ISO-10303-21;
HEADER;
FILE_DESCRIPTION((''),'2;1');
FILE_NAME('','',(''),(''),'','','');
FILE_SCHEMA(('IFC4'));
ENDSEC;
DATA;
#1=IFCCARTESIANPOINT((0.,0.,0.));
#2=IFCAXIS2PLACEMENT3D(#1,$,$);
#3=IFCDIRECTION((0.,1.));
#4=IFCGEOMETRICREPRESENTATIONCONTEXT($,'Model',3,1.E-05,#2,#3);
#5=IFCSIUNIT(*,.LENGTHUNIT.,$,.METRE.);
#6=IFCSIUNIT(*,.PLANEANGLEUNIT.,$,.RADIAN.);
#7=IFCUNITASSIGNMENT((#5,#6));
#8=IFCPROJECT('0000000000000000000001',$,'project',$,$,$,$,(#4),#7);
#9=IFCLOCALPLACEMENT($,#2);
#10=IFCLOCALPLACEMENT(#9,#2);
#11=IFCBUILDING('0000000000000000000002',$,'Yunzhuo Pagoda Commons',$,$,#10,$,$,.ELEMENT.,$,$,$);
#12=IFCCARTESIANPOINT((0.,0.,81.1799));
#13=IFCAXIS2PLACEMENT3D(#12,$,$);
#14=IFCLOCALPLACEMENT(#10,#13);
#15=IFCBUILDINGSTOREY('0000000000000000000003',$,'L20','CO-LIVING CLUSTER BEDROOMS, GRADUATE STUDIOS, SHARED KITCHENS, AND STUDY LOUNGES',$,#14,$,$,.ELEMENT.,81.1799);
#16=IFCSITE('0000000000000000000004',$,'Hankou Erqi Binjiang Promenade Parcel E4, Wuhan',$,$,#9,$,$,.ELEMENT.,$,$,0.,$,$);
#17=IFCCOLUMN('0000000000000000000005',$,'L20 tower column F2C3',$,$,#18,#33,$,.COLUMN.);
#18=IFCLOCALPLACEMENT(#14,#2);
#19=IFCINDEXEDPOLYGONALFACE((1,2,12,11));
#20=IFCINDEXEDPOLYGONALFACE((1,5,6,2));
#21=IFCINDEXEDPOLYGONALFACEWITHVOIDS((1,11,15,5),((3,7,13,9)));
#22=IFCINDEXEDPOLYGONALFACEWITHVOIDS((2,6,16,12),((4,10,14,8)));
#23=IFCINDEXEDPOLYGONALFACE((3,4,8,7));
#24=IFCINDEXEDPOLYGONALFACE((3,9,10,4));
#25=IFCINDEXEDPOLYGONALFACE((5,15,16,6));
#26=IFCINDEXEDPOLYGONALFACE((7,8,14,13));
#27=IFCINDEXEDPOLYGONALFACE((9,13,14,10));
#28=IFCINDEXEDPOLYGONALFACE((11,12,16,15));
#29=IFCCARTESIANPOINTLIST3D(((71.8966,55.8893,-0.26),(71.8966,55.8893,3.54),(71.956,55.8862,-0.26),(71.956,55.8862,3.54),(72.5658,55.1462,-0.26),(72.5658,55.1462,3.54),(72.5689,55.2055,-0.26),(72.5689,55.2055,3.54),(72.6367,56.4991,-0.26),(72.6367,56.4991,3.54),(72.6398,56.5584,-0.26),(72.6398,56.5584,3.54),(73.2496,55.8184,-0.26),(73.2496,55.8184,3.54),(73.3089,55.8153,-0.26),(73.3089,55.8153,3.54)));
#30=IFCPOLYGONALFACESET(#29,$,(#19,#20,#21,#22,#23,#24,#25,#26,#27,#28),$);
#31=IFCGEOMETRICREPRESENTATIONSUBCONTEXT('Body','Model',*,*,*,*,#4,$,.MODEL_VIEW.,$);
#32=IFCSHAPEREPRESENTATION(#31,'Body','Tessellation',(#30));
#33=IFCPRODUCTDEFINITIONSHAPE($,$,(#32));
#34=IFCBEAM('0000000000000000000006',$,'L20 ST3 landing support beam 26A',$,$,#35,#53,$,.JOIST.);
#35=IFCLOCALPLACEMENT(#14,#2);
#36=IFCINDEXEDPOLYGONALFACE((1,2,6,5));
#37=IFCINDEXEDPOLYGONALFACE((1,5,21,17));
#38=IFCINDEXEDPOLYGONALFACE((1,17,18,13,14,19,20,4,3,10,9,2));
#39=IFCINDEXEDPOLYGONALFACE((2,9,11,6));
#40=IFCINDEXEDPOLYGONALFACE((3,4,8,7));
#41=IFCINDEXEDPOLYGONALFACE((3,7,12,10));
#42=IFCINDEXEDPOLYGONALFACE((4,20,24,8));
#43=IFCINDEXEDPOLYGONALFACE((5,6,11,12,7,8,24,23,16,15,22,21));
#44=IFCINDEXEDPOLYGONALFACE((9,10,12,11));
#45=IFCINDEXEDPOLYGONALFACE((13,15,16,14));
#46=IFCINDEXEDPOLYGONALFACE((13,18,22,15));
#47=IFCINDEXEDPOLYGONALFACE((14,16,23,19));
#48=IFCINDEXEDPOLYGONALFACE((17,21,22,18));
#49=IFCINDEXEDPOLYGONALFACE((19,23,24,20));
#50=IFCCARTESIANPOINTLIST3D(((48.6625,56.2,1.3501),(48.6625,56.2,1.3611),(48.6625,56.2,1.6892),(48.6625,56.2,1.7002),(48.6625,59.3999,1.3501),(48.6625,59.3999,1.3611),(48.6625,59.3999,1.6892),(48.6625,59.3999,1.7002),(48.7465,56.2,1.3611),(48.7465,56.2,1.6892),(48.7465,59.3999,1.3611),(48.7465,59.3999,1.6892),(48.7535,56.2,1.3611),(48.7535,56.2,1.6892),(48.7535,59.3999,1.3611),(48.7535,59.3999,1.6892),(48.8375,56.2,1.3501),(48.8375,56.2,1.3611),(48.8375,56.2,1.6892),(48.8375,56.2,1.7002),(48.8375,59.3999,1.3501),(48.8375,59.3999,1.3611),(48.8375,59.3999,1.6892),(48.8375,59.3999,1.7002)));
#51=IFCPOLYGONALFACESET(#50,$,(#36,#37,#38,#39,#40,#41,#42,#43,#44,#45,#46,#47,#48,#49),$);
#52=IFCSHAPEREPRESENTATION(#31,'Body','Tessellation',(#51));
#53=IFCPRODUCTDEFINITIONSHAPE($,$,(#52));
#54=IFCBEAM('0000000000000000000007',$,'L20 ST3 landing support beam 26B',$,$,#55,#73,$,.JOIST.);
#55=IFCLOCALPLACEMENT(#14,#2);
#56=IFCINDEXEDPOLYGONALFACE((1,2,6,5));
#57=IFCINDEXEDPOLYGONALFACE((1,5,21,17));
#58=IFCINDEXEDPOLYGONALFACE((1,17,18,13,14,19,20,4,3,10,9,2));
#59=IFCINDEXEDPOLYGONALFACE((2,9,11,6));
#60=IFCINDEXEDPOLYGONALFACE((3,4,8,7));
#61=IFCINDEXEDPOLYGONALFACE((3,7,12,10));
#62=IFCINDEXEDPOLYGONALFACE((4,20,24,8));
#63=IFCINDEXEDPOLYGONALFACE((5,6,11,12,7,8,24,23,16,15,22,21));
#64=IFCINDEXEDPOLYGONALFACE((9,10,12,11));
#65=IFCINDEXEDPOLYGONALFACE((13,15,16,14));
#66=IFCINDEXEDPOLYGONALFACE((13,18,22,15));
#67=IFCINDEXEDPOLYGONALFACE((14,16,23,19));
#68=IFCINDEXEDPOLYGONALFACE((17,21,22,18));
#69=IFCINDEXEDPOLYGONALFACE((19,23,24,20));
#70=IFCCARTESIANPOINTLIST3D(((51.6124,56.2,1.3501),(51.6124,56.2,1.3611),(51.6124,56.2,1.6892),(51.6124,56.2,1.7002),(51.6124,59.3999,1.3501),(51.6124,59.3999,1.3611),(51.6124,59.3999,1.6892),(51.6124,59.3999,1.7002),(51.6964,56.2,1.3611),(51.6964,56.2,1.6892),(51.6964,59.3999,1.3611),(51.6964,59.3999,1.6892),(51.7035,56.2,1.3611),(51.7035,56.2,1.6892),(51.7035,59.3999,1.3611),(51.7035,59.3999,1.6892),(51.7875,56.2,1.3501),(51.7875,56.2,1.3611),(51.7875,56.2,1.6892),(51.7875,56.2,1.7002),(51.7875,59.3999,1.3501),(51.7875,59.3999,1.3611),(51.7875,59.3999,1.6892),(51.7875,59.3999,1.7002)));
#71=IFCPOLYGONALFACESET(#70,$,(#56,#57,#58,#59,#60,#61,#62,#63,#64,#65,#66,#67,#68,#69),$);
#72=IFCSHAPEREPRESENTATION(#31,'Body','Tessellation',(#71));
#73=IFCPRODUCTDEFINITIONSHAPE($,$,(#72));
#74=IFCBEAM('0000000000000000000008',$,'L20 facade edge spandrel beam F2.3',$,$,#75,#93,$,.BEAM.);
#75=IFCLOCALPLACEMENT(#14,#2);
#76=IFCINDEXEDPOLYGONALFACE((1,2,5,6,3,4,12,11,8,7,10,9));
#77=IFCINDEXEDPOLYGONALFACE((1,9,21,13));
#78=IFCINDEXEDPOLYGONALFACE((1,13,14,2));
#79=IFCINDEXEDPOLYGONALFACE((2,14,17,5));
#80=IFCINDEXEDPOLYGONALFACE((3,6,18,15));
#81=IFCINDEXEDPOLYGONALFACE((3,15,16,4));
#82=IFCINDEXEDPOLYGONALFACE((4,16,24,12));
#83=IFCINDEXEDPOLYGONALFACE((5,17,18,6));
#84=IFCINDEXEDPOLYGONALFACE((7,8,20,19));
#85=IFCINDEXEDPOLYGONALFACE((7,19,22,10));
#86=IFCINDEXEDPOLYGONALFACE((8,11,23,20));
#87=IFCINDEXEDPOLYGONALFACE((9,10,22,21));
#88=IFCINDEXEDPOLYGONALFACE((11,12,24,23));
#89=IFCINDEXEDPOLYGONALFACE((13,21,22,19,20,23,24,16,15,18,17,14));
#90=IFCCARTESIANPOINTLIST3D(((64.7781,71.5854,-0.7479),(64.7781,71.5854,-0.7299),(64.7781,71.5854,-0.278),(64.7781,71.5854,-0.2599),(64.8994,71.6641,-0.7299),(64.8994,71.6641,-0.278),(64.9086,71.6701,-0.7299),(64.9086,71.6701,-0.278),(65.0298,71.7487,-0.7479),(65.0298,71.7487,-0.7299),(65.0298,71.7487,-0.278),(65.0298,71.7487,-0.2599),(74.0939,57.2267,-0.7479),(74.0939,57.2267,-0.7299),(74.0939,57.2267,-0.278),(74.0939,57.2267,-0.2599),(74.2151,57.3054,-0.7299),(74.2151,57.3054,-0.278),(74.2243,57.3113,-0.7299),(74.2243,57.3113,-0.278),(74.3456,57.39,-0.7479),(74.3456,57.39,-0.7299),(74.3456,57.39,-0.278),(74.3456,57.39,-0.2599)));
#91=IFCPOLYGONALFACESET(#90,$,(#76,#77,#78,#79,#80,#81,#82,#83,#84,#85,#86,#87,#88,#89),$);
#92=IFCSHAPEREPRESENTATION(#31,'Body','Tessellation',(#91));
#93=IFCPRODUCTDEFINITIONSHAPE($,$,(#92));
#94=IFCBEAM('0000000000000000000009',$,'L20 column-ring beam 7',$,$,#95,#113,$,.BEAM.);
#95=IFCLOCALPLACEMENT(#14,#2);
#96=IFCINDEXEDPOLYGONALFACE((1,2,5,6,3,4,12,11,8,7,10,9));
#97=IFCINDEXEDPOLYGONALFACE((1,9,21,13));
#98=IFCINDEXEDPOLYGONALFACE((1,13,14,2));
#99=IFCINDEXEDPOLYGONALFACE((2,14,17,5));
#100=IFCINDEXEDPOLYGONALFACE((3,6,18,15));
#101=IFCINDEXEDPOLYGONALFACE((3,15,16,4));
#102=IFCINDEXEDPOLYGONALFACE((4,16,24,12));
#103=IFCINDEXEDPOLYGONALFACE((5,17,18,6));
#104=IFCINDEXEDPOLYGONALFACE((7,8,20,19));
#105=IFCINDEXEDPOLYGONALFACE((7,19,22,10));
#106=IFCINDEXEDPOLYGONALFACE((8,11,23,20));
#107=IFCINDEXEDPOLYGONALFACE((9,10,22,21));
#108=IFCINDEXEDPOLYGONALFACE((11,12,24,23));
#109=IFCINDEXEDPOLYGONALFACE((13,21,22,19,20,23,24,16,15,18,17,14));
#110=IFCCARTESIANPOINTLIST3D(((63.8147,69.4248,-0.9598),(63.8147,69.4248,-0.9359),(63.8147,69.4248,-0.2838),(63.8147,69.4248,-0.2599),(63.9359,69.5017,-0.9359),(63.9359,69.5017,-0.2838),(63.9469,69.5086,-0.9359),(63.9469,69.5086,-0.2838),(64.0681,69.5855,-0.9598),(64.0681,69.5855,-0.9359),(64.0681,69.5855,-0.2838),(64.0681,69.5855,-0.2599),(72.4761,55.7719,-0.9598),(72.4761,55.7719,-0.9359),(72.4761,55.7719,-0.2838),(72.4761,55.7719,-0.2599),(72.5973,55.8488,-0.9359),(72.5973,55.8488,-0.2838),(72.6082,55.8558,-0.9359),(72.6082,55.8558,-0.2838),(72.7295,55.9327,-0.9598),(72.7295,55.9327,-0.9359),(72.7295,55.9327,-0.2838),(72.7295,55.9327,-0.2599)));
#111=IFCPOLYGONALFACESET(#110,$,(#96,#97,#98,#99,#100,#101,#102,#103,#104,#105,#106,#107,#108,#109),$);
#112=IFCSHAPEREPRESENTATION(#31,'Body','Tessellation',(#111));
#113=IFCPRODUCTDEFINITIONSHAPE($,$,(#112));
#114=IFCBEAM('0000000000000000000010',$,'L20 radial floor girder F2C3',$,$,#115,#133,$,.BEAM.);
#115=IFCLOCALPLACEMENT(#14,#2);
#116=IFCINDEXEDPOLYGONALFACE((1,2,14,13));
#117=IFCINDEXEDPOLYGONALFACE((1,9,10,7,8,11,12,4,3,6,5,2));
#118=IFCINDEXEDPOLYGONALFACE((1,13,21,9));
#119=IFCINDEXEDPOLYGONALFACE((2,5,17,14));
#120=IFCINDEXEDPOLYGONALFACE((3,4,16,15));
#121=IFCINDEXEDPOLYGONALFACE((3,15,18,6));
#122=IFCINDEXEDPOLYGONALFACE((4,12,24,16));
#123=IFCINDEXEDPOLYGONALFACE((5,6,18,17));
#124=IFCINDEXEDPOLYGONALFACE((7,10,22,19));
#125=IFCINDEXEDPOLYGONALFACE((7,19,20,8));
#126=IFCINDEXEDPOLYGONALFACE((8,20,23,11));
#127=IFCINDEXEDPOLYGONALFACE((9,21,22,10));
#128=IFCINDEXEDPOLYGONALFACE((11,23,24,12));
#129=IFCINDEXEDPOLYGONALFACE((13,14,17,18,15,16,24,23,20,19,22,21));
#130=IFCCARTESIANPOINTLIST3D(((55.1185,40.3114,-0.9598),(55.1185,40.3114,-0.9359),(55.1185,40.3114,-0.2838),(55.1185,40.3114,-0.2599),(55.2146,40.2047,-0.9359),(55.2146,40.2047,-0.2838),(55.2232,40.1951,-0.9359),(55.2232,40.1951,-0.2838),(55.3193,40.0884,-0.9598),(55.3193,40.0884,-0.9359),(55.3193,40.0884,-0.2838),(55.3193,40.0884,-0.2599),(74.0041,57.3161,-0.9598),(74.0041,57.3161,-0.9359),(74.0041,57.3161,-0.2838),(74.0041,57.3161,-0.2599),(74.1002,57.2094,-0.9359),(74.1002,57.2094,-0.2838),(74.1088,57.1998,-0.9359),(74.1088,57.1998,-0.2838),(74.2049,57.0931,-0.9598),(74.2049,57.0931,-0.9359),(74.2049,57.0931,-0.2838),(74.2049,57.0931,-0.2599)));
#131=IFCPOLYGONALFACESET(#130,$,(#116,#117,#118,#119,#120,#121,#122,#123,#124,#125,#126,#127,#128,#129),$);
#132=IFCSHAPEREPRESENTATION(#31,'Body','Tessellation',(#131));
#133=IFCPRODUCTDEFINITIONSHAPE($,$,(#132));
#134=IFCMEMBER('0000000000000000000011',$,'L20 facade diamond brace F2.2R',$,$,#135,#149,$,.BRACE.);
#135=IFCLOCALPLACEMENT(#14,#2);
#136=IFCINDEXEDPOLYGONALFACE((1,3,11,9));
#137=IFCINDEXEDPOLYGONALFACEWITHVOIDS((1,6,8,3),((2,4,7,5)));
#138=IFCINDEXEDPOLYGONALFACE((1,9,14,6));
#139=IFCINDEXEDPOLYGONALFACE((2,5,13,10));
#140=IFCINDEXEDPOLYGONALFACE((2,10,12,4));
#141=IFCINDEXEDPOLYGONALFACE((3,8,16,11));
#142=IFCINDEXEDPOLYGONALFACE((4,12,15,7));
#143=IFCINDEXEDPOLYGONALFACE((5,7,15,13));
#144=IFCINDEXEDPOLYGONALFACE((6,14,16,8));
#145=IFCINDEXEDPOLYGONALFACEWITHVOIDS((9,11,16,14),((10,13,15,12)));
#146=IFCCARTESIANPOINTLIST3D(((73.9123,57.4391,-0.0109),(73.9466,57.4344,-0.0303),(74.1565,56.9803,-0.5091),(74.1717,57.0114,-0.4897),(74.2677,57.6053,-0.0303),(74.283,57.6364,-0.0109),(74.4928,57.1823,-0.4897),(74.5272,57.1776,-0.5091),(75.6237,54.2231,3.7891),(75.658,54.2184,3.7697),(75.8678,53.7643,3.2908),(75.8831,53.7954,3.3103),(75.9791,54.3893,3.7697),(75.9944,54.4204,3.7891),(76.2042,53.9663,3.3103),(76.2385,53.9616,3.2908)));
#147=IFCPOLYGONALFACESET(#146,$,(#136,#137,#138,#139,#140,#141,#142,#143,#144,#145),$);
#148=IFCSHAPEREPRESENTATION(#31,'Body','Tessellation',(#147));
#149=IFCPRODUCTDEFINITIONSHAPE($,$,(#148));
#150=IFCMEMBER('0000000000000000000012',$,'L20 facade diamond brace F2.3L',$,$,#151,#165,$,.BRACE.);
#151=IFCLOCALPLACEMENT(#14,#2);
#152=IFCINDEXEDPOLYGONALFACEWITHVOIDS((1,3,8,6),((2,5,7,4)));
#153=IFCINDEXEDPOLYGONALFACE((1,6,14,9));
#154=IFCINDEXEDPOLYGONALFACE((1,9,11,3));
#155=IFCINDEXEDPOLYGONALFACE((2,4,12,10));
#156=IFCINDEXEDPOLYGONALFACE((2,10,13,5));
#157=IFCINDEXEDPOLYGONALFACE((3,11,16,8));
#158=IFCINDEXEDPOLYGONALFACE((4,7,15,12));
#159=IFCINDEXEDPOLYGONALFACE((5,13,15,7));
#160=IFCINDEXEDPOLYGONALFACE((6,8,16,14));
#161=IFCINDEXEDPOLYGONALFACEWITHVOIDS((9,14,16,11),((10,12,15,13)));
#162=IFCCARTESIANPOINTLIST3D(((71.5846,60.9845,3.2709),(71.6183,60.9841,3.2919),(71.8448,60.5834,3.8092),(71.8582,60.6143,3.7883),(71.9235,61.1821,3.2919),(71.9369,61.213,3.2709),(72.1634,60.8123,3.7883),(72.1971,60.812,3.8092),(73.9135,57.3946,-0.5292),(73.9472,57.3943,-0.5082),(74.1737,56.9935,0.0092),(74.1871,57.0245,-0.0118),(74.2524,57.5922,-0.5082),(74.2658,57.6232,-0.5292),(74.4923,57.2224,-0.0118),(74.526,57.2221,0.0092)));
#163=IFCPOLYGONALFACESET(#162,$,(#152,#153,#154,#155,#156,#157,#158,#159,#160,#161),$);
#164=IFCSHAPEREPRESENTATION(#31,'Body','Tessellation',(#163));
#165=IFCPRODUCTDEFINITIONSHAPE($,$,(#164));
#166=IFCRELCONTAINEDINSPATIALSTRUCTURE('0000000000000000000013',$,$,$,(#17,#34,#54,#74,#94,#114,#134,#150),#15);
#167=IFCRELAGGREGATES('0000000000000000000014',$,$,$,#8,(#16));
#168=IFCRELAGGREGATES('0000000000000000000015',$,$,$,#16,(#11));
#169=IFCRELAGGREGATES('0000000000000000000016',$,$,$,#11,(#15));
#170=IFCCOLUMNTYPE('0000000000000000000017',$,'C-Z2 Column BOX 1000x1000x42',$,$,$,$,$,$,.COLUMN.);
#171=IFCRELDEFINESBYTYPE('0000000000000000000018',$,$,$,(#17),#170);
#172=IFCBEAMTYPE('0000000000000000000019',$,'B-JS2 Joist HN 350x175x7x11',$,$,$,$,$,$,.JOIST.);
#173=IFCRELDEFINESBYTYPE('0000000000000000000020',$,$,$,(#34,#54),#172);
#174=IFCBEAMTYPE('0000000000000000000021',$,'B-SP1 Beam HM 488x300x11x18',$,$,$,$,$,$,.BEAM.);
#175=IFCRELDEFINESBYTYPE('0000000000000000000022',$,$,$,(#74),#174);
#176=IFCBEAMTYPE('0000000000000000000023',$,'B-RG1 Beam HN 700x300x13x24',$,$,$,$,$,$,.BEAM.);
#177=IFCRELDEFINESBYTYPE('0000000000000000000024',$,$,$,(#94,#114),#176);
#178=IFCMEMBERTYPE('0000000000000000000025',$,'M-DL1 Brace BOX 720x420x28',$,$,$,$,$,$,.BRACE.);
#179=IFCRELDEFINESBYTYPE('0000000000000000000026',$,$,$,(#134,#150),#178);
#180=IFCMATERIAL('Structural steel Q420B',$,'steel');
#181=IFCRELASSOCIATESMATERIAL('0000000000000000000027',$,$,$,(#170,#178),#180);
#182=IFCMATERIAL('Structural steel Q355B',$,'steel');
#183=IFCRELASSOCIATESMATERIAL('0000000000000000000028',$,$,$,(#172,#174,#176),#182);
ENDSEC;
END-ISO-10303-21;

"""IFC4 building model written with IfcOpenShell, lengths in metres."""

from ifc_helpers import new_model, si_unit, direction, frame, origin, origin_2d, place, context, subcontext, project, spatial, hollow_rectangle, i_section, extrude, source, transform, mapped, material, material_profile, profile_set, type_object, element, save


model = new_model("IFC4")

# Units and contexts
model_context = context("Model", 3, precision=1e-05, world=origin(), true_north=direction((0.0, 1.0)))
body_context = subcontext(model_context, "Body", "Model", "MODEL_VIEW")
ifc_project = project(units=[si_unit("LENGTHUNIT", "METRE"), si_unit("PLANEANGLEUNIT", "RADIAN")], contexts=[model_context])

# Site, building, storey
site_placement = place(None, origin())
site = spatial("IfcSite", under=ifc_project, at=site_placement, Name="Hankou Erqi Binjiang Promenade Parcel E4, Wuhan", CompositionType="ELEMENT", RefElevation=0.0)
building_placement = place(site_placement, origin())
building = spatial("IfcBuilding", under=site, at=building_placement, Name="Yunzhuo Pagoda Commons", CompositionType="ELEMENT")
storey_placement = place(building_placement, frame((0.0, 0.0, 81.1799)))
storey = spatial("IfcBuildingStorey", under=building, at=storey_placement, Name="L20", Description="CO-LIVING CLUSTER BEDROOMS, GRADUATE STUDIOS, SHARED KITCHENS, AND STUDY LOUNGES", CompositionType="ELEMENT", Elevation=81.1799)

# Column
ifc_material_1 = material(Name="Structural steel Q420B", Category="steel")
ifc_material_profile_1 = material_profile(ifc_material_1, hollow_rectangle(XDim=1.0, YDim=1.0, WallThickness=0.042, at=origin_2d()), Name="Structural steel Q420B")
ifc_profile_set_1 = profile_set([ifc_material_profile_1], Name="Structural steel Q420B")
column_type = type_object("IfcColumnType", Name="C-Z2 Column BOX 1000x1000x42", PredefinedType="COLUMN", material=ifc_profile_set_1)
shared_shape_1 = source(origin(), body_context, "Body", "SweptSolid", [
    extrude(hollow_rectangle(XDim=1.0, YDim=1.0, WallThickness=0.042, at=origin_2d()), origin(), (0.0, 0.0, 1.0), 3.8),
])
column_placement = place(storey_placement, frame((72.6028, 55.8523, -0.26), z_axis=(0.0, 0.0, 1.0), x_axis=(-0.669131, 0.743145, 0.0)))
element("IfcColumn", 1, at=column_placement, inside=storey, type_object=column_type, Name="L20 tower column F2C3", PredefinedType="COLUMN", context=body_context, shape_type="MappedRepresentation", body=[
    mapped(shared_shape_1, transform((0.0, 0.0, 0.0), scale=1.0)),
])

# Beams
ifc_material_2 = material(Name="Structural steel Q355B", Category="steel")
ifc_material_profile_2 = material_profile(ifc_material_2, i_section(OverallWidth=0.175, OverallDepth=0.3501, WebThickness=0.0071, FlangeThickness=0.011, at=origin_2d()), Name="Structural steel Q355B")
ifc_profile_set_2 = profile_set([ifc_material_profile_2], Name="Structural steel Q355B")
beam_type_1 = type_object("IfcBeamType", Name="B-JS2 Joist HN 350x175x7x11", PredefinedType="JOIST", material=ifc_profile_set_2)
shared_shape_2 = source(origin(), body_context, "Body", "SweptSolid", [
    extrude(i_section(OverallWidth=0.175, OverallDepth=0.3501, WebThickness=0.0071, FlangeThickness=0.011, at=origin_2d()), origin(), (0.0, 0.0, 1.0), 3.2),
])
for number, where, z_axis, x_axis, name in (
    (2, (48.75, 56.2, 1.5251), (0.0, 1.0, 0.0), (-1.0, 0.0, 0.0), "L20 ST3 landing support beam 26A"),
    (3, (51.7, 56.2, 1.5251), (0.0, 1.0, 0.0), (-1.0, 0.0, 0.0), "L20 ST3 landing support beam 26B"),
):
    element("IfcBeam", number, at=place(storey_placement, frame(where, z_axis=z_axis, x_axis=x_axis)), inside=storey, type_object=beam_type_1, Name=name, PredefinedType="JOIST", context=body_context, shape_type="MappedRepresentation", body=[
        mapped(shared_shape_2, transform((0.0, 0.0, 0.0), scale=1.0)),
    ])
ifc_material_profile_3 = material_profile(ifc_material_2, i_section(OverallWidth=0.3, OverallDepth=0.488, WebThickness=0.011, FlangeThickness=0.0181, at=origin_2d()), Name="Structural steel Q355B")
ifc_profile_set_3 = profile_set([ifc_material_profile_3], Name="Structural steel Q355B")
beam_type_2 = type_object("IfcBeamType", Name="B-SP1 Beam HM 488x300x11x18", PredefinedType="BEAM", material=ifc_profile_set_3)
shared_shape_3 = source(origin(), body_context, "Body", "SweptSolid", [
    extrude(i_section(OverallWidth=0.3, OverallDepth=0.488, WebThickness=0.011, FlangeThickness=0.0181, at=origin_2d()), origin(), (0.0, 0.0, 1.0), 17.116),
])
beam_1_placement = place(storey_placement, frame((74.2197, 57.3083, -0.5039), z_axis=(-0.544272, 0.838909, 0.0), x_axis=(-0.838909, -0.544272, 0.0)))
element("IfcBeam", 4, at=beam_1_placement, inside=storey, type_object=beam_type_2, Name="L20 facade edge spandrel beam F2.3", PredefinedType="BEAM", context=body_context, shape_type="MappedRepresentation", body=[
    mapped(shared_shape_3, transform((0.0, 0.0, 0.0), scale=1.0)),
])
ifc_material_profile_4 = material_profile(ifc_material_2, i_section(OverallWidth=0.3, OverallDepth=0.7, WebThickness=0.0129, FlangeThickness=0.0239, at=origin_2d()), Name="Structural steel Q355B")
ifc_profile_set_4 = profile_set([ifc_material_profile_4], Name="Structural steel Q355B")
beam_type_3 = type_object("IfcBeamType", Name="B-RG1 Beam HN 700x300x13x24", PredefinedType="BEAM", material=ifc_profile_set_4)
shared_shape_4 = source(origin(), body_context, "Body", "SweptSolid", [
    extrude(i_section(OverallWidth=0.3, OverallDepth=0.7, WebThickness=0.0129, FlangeThickness=0.0239, at=origin_2d()), origin(), (0.0, 0.0, 1.0), 16.1685),
])
beam_2_placement = place(storey_placement, frame((72.6028, 55.8523, -0.6099), z_axis=(-0.535696, 0.844411, 0.0), x_axis=(-0.844411, -0.535696, 0.0)))
element("IfcBeam", 5, at=beam_2_placement, inside=storey, type_object=beam_type_3, Name="L20 column-ring beam 7", PredefinedType="BEAM", context=body_context, shape_type="MappedRepresentation", body=[
    mapped(shared_shape_4, transform((0.0, 0.0, 0.0), scale=1.0)),
])
shared_shape_5 = source(origin(), body_context, "Body", "SweptSolid", [
    extrude(i_section(OverallWidth=0.3, OverallDepth=0.7, WebThickness=0.0129, FlangeThickness=0.0239, at=origin_2d()), origin(), (0.0, 0.0, 1.0), 25.4131),
])
beam_3_placement = place(storey_placement, frame((74.1045, 57.2046, -0.6099), z_axis=(-0.743144, -0.669132, 0.0), x_axis=(0.669132, -0.743144, 0.0)))
element("IfcBeam", 6, at=beam_3_placement, inside=storey, type_object=beam_type_3, Name="L20 radial floor girder F2C3", PredefinedType="BEAM", context=body_context, shape_type="MappedRepresentation", body=[
    mapped(shared_shape_5, transform((0.0, 0.0, 0.0), scale=1.0)),
])

# Members
ifc_material_profile_5 = material_profile(ifc_material_1, hollow_rectangle(XDim=0.4199, YDim=0.72, WallThickness=0.0281, at=origin_2d()), Name="Structural steel Q420B")
ifc_profile_set_5 = profile_set([ifc_material_profile_5], Name="Structural steel Q420B")
member_type_1 = type_object("IfcMemberType", Name="M-DL1 Brace BOX 720x420x28", PredefinedType="BRACE", material=ifc_profile_set_5)
shared_shape_6 = source(origin(), body_context, "Body", "SweptSolid", [
    extrude(hollow_rectangle(XDim=0.4199, YDim=0.72, WallThickness=0.0281, at=origin_2d()), origin(), (0.0, 0.0, 1.0), 5.2642),
])
member_1_placement = place(storey_placement, frame((74.2197, 57.3083, -0.26), z_axis=(0.325103, -0.610924, 0.721858), x_axis=(0.882787, 0.469774, 0.0)))
element("IfcMember", 7, at=member_1_placement, inside=storey, type_object=member_type_1, Name="L20 facade diamond brace F2.2R", PredefinedType="BRACE", context=body_context, shape_type="MappedRepresentation", body=[
    mapped(shared_shape_6, transform((0.0, 0.0, 0.0), scale=1.0)),
])
shared_shape_7 = source(origin(), body_context, "Body", "SweptSolid", [
    extrude(hollow_rectangle(XDim=0.4199, YDim=0.72, WallThickness=0.0281, at=origin_2d()), origin(), (0.0, 0.0, 1.0), 5.7229),
])
member_2_placement = place(storey_placement, frame((74.2197, 57.3083, -0.26), z_axis=(-0.406941, 0.627283, 0.664014), x_axis=(-0.838928, -0.544242, 0.0)))
element("IfcMember", 8, at=member_2_placement, inside=storey, type_object=member_type_1, Name="L20 facade diamond brace F2.3L", PredefinedType="BRACE", context=body_context, shape_type="MappedRepresentation", body=[
    mapped(shared_shape_7, transform((0.0, 0.0, 0.0), scale=1.0)),
])

save(model, "model.ifc")
